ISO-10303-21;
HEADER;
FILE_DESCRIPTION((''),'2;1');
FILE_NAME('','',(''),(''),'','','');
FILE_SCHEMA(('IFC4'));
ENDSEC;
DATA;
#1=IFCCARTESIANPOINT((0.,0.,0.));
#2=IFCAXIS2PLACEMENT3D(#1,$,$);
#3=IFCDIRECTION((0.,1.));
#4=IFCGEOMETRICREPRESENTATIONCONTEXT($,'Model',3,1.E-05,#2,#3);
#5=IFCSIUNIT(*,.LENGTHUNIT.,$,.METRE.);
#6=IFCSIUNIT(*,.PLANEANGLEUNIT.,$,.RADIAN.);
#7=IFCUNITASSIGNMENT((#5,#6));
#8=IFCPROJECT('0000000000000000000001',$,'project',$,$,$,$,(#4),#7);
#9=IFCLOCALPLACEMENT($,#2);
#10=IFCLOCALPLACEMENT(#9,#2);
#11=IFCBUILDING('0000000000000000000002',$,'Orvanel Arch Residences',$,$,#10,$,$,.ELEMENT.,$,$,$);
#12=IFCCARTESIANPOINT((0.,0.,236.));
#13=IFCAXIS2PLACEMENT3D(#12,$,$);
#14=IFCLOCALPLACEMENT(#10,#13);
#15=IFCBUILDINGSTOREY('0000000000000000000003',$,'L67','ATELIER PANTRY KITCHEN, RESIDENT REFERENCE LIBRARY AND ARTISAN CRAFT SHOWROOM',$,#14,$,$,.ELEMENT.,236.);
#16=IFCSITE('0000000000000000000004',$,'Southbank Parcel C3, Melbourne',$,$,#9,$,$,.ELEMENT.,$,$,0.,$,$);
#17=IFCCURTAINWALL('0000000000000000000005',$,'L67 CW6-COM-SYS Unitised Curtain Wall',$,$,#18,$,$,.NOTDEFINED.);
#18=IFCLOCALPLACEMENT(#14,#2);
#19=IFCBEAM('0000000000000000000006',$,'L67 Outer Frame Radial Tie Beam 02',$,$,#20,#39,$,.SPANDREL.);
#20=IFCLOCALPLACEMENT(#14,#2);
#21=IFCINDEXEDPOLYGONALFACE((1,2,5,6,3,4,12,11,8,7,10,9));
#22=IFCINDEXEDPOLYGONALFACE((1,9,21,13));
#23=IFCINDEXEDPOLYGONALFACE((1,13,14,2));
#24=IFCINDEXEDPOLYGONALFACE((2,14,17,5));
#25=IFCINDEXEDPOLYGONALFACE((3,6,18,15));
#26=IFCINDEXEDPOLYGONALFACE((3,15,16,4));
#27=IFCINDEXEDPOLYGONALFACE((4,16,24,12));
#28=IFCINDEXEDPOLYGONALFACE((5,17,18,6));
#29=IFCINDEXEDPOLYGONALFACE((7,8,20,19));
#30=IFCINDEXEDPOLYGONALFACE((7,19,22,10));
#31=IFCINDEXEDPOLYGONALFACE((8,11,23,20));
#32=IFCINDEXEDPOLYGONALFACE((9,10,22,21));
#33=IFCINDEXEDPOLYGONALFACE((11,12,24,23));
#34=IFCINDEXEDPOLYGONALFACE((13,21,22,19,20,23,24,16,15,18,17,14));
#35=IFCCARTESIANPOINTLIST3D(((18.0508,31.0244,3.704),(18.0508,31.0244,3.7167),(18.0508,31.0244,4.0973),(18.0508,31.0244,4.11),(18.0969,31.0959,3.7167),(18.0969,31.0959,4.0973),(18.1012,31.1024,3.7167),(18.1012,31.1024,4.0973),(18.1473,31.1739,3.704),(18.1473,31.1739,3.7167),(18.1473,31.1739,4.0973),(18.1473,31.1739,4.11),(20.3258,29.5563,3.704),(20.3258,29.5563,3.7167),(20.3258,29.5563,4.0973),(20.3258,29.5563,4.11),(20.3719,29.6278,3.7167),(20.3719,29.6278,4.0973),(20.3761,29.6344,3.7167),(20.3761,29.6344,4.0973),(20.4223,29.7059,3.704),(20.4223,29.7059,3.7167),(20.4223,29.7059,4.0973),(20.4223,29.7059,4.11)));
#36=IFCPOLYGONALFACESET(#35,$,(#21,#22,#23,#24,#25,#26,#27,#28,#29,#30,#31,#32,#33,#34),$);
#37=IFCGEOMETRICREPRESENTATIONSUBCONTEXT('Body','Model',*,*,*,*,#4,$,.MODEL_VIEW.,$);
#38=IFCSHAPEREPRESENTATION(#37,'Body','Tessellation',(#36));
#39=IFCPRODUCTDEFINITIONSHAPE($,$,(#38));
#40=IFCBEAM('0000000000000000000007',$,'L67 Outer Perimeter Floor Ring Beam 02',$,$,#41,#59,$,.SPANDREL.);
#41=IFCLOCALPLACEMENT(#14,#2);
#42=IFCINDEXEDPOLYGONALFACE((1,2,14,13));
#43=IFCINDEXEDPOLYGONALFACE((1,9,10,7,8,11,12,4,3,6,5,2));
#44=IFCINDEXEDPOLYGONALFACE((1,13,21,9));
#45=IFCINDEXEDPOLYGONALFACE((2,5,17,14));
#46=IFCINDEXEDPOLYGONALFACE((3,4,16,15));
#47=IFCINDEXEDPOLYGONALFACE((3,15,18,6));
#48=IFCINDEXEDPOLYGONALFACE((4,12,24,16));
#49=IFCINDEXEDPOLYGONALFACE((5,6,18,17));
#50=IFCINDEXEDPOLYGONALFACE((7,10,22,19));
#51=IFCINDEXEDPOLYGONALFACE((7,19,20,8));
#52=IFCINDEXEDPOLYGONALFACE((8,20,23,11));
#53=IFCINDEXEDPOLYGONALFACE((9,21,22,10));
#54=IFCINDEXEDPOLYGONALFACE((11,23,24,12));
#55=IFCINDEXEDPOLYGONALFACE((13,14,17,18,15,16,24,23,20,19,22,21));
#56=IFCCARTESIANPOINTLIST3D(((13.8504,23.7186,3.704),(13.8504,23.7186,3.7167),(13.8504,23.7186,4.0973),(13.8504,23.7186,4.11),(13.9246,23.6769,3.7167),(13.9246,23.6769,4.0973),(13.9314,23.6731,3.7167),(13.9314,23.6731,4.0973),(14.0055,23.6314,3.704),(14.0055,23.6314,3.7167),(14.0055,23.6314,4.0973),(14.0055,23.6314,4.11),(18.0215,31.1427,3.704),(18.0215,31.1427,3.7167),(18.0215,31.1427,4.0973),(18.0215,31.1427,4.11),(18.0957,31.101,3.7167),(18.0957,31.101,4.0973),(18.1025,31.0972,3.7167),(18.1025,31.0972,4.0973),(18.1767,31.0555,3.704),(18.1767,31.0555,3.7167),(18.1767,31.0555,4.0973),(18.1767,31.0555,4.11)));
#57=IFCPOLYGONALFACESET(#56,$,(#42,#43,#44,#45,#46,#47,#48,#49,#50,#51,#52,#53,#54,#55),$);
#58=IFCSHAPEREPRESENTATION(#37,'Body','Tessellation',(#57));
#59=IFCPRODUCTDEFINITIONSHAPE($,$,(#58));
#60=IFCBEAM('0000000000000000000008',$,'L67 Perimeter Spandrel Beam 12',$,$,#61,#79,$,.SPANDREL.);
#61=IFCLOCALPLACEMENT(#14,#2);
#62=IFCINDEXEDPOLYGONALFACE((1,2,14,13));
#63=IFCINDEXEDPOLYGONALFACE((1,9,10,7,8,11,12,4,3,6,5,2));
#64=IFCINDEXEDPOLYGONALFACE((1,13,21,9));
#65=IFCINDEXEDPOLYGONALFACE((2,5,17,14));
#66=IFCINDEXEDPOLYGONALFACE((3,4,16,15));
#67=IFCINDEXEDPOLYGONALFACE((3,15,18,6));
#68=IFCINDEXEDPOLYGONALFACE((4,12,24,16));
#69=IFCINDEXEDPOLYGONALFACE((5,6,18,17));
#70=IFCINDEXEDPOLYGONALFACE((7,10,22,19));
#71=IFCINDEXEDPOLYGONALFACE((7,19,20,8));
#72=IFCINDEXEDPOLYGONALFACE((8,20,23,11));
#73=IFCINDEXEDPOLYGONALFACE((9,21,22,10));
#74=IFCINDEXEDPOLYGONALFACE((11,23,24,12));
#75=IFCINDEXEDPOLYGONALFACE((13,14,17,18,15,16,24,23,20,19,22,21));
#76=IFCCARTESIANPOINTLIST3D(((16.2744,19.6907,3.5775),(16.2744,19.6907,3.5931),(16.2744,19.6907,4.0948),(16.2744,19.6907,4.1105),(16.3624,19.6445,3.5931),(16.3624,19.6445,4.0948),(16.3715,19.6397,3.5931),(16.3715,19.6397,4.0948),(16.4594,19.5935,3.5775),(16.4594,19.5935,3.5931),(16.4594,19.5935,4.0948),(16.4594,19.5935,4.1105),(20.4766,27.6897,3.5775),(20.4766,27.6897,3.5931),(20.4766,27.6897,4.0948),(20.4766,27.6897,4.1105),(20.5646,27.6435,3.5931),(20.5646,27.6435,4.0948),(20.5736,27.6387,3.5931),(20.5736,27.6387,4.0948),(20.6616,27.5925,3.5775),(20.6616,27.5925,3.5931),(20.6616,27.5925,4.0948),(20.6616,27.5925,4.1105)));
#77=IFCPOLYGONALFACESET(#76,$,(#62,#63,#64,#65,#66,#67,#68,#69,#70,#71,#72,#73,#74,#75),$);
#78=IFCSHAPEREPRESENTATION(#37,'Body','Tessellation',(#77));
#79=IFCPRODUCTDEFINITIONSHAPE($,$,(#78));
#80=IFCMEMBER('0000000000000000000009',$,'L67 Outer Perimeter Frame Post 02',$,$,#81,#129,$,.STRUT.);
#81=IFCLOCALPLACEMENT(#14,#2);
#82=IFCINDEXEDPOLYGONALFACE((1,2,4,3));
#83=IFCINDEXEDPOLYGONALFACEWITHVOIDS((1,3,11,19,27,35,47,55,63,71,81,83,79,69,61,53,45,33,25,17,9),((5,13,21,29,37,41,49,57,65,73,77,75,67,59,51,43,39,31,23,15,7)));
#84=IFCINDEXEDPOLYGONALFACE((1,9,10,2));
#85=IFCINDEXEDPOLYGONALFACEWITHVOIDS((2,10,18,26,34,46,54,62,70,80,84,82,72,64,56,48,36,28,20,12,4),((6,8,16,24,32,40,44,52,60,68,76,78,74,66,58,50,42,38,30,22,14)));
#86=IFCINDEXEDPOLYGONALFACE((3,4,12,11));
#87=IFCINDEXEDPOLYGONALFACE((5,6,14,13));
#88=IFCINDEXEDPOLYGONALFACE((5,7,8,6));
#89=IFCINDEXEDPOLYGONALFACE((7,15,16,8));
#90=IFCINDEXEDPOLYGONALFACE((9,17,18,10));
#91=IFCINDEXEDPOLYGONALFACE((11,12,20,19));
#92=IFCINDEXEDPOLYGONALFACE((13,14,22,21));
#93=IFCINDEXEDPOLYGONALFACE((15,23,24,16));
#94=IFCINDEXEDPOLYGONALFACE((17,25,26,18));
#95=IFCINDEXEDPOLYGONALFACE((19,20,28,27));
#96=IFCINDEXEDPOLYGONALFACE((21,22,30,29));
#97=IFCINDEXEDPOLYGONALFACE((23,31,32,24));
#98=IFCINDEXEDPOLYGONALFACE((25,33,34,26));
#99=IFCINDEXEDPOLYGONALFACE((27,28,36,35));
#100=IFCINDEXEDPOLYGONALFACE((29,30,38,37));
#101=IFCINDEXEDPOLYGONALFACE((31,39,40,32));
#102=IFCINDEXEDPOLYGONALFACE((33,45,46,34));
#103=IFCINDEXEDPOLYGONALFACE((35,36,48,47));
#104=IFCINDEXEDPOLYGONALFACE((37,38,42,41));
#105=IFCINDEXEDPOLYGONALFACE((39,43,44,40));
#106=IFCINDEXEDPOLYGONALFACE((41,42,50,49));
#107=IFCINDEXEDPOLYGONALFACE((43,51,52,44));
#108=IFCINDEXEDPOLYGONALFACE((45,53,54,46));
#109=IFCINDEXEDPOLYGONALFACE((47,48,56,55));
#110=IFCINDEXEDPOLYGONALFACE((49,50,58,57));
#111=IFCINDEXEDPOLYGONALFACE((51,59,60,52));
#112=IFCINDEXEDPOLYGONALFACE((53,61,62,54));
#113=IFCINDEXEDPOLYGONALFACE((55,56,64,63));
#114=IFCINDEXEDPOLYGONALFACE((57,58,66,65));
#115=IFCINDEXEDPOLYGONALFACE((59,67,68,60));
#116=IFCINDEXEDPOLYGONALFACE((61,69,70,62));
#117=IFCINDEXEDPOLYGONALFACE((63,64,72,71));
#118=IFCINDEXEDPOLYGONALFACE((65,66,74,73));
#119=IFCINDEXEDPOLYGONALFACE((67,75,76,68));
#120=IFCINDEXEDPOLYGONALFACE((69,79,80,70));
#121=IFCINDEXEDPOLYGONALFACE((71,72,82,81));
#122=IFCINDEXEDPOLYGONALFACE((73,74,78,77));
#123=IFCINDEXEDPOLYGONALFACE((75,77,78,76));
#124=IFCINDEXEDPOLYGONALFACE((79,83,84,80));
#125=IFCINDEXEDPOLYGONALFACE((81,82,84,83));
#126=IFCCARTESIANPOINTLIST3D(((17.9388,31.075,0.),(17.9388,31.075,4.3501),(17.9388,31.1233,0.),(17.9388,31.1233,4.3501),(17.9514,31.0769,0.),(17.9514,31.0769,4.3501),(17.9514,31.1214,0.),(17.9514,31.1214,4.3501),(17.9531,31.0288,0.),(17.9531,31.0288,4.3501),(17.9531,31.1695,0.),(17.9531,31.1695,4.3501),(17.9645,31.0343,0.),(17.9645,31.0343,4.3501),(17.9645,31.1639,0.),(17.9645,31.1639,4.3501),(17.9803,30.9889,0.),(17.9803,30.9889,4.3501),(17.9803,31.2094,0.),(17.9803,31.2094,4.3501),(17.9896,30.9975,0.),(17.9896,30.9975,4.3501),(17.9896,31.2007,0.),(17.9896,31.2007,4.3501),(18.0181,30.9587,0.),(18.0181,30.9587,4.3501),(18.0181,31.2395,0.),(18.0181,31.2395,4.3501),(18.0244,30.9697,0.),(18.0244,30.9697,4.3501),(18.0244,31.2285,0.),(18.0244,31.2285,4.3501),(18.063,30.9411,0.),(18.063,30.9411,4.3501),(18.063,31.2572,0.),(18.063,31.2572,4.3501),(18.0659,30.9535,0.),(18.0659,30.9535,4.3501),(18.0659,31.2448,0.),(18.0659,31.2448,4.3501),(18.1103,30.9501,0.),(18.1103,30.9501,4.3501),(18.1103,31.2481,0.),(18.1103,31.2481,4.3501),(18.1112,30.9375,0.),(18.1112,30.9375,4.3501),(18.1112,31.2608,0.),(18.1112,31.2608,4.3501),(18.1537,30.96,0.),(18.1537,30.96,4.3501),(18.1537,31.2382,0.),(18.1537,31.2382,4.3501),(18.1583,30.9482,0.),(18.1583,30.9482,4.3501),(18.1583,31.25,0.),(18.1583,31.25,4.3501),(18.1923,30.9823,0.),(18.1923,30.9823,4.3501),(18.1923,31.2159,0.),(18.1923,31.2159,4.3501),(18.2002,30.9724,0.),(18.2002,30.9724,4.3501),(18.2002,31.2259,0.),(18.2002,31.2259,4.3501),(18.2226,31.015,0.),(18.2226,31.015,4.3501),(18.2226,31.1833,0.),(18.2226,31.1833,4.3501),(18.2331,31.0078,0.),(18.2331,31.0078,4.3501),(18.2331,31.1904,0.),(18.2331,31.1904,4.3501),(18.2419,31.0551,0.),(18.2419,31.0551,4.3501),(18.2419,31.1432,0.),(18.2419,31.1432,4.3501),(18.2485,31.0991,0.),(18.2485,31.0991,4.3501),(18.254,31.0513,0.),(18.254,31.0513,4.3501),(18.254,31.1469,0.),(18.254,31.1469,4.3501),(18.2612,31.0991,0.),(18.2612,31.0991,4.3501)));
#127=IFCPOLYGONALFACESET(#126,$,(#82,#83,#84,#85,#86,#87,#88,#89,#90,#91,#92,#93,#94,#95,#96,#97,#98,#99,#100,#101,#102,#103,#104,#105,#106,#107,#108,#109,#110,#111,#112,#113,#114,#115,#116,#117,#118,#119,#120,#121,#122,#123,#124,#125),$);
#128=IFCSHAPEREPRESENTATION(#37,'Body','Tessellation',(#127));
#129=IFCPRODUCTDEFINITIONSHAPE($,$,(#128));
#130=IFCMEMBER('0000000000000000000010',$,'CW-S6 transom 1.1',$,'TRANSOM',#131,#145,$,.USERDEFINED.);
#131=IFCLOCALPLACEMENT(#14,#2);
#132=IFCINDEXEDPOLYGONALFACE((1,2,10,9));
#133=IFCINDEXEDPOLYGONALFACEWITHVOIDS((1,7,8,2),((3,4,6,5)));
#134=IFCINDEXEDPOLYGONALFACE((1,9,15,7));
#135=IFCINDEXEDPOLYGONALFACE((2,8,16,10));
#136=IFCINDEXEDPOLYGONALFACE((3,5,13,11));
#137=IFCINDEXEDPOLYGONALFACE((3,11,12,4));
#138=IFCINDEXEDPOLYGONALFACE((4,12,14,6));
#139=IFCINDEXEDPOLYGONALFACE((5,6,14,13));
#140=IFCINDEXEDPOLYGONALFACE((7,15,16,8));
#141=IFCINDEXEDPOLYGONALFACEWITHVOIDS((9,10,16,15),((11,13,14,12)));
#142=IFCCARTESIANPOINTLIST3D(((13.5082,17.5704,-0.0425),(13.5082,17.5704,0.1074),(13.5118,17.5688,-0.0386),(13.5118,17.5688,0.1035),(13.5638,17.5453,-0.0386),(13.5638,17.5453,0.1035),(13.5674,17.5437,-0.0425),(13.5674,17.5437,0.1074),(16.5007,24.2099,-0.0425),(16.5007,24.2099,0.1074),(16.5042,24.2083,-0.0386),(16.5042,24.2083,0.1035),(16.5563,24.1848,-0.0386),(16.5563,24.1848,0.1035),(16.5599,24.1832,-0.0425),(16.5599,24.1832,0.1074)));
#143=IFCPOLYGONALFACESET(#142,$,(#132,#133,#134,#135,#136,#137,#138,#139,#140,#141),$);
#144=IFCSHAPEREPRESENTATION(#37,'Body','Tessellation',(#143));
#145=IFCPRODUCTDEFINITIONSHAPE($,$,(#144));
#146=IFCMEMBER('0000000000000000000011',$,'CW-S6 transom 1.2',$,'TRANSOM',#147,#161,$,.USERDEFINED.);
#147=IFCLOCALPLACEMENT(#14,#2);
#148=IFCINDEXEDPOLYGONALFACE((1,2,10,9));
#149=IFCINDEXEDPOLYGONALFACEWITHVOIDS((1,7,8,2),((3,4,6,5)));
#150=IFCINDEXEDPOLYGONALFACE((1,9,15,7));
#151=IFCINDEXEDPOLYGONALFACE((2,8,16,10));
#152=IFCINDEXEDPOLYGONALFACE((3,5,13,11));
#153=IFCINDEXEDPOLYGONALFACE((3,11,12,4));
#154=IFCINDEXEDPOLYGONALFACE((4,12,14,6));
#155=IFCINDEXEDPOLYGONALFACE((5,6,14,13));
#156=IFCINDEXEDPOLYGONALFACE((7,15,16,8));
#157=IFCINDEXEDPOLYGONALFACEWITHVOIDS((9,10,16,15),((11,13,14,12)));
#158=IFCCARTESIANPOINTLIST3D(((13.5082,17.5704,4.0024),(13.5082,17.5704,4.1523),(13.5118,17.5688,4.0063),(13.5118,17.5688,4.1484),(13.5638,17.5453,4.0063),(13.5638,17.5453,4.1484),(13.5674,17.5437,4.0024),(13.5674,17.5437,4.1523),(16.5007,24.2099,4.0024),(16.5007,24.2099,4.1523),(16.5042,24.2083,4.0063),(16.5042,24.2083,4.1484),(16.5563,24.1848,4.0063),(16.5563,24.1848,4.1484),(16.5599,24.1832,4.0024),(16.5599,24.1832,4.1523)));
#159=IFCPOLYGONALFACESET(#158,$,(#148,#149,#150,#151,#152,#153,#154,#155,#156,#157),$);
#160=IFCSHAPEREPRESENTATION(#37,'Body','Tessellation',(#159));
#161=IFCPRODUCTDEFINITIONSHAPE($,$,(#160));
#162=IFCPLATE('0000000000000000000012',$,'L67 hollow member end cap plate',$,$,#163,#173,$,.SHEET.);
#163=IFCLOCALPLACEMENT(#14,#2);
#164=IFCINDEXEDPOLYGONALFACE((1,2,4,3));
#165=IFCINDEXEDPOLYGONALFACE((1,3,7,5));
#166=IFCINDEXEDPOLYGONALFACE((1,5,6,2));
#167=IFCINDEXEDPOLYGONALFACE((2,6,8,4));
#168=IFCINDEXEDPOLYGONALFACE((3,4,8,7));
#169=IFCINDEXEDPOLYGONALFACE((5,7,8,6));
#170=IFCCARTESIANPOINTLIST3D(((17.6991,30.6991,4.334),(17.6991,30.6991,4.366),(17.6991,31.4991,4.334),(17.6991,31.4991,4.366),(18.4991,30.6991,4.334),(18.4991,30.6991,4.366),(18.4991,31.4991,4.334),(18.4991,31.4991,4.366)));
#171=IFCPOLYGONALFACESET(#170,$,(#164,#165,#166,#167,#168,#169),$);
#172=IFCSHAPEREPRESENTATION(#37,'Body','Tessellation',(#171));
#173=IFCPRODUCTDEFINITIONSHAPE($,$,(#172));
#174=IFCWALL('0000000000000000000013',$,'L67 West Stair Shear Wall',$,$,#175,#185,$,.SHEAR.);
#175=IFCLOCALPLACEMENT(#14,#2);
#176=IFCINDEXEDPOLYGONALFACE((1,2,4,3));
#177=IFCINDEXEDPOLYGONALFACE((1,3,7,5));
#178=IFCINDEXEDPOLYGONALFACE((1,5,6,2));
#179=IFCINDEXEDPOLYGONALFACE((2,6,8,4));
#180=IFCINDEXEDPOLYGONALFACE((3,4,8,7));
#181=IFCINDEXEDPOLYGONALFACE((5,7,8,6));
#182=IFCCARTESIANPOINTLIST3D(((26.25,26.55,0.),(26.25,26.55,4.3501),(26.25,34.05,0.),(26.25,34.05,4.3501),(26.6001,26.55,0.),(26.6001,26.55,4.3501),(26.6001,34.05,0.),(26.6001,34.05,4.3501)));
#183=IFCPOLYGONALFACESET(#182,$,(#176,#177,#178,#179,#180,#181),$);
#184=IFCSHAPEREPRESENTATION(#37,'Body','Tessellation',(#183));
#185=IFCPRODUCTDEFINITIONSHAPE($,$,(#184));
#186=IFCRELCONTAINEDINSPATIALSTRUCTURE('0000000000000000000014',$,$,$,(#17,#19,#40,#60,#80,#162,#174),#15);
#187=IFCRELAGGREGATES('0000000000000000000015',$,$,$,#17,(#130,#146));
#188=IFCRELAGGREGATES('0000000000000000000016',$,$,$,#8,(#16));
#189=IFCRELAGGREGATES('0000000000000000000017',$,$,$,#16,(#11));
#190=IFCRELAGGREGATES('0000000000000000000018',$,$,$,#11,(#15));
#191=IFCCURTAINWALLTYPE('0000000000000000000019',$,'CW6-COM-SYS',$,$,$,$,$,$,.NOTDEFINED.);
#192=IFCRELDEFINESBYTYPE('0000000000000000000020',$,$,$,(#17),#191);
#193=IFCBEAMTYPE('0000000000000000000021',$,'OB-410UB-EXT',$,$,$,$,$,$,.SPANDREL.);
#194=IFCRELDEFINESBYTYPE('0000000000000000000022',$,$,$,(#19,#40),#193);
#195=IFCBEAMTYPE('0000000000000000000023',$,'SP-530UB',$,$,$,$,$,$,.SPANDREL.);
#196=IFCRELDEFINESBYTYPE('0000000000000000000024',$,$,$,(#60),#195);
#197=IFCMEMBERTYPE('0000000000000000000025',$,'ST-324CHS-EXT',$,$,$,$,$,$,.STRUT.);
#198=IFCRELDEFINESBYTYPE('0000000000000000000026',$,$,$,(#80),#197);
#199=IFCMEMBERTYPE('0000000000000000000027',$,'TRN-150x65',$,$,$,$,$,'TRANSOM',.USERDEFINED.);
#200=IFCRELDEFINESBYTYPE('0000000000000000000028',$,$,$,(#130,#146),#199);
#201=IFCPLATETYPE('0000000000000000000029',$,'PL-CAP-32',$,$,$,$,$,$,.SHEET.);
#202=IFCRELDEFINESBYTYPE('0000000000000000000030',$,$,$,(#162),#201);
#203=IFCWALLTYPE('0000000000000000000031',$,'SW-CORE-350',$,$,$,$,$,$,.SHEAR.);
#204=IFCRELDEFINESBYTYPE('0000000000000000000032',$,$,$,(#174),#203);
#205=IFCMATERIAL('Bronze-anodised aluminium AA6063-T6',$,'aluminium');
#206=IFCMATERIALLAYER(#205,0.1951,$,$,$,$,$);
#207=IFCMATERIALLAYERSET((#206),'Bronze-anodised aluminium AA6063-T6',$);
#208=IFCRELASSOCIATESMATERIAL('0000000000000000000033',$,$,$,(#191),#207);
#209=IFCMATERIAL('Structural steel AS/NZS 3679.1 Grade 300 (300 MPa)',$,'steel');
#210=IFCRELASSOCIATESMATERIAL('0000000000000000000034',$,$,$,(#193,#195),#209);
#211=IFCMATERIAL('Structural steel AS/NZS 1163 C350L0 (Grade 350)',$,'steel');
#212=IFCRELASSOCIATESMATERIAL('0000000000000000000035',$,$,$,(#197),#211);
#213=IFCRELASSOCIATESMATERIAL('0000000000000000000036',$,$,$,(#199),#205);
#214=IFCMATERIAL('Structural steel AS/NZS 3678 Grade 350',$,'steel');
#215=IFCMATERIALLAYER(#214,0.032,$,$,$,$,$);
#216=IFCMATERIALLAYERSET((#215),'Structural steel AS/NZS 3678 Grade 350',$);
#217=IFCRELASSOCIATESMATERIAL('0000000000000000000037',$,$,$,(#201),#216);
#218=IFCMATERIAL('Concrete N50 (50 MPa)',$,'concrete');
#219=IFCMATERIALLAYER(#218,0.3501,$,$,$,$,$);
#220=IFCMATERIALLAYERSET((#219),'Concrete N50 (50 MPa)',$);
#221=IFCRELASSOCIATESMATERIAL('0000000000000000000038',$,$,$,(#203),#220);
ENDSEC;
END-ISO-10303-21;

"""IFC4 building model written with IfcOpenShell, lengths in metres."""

from ifc_helpers import new_model, si_unit, direction, frame, frame_2d, origin, origin_2d, place, context, subcontext, project, spatial, rectangle, hollow_rectangle, hollow_circle, i_section, extrude, material, layer, layer_set, material_profile, profile_set, type_object, element, aggregate, save


model = new_model("IFC4")

# Units and contexts
model_context = context("Model", 3, precision=1e-05, world=origin(), true_north=direction((0.0, 1.0)))
body_context = subcontext(model_context, "Body", "Model", "MODEL_VIEW")
ifc_project = project(units=[si_unit("LENGTHUNIT", "METRE"), si_unit("PLANEANGLEUNIT", "RADIAN")], contexts=[model_context])

# Site, building, storey
site_placement = place(None, origin())
site = spatial("IfcSite", under=ifc_project, at=site_placement, Name="Southbank Parcel C3, Melbourne", CompositionType="ELEMENT", RefElevation=0.0)
building_placement = place(site_placement, origin())
building = spatial("IfcBuilding", under=site, at=building_placement, Name="Orvanel Arch Residences", CompositionType="ELEMENT")
storey_placement = place(building_placement, frame((0.0, 0.0, 236.0)))
storey = spatial("IfcBuildingStorey", under=building, at=storey_placement, Name="L67", Description="ATELIER PANTRY KITCHEN, RESIDENT REFERENCE LIBRARY AND ARTISAN CRAFT SHOWROOM", CompositionType="ELEMENT", Elevation=236.0)

# Shared definitions
ifc_material_1 = material(Name="Structural steel AS/NZS 1163 C350L0 (Grade 350)", Category="steel")

# Shared definitions
ifc_material_2 = material(Name="Structural steel AS/NZS 3679.1 Grade 300 (300 MPa)", Category="steel")

# Shared definitions
ifc_material_3 = material(Name="Structural steel AS/NZS 3678 Grade 350", Category="steel")

# Curtain wall
ifc_material_4 = material(Name="Bronze-anodised aluminium AA6063-T6", Category="aluminium")
ifc_layer_1 = layer(ifc_material_4, 0.1951)
ifc_layer_set_1 = layer_set([ifc_layer_1], Name="Bronze-anodised aluminium AA6063-T6")
curtain_wall_type = type_object("IfcCurtainWallType", Name="CW6-COM-SYS", PredefinedType="NOTDEFINED", material=ifc_layer_set_1)
curtain_wall_placement = place(storey_placement, origin())
curtain_wall = element("IfcCurtainWall", 1, at=curtain_wall_placement, inside=storey, type_object=curtain_wall_type, Name="L67 CW6-COM-SYS Unitised Curtain Wall", PredefinedType="NOTDEFINED")

# Beams
ifc_material_profile_1 = material_profile(ifc_material_2, i_section(OverallWidth=0.178, OverallDepth=0.406, WebThickness=0.0078, FlangeThickness=0.0127, at=origin_2d()), Name="410UB59.7")
ifc_profile_set_1 = profile_set([ifc_material_profile_1], Name="Structural steel AS/NZS 3679.1 Grade 300 (300 MPa)")
beam_type_1 = type_object("IfcBeamType", Name="OB-410UB-EXT", PredefinedType="SPANDREL", material=ifc_profile_set_1)
beam_1_placement = place(storey_placement, frame((20.374, 29.6311, 3.907), z_axis=(-0.84024, 0.542215, 0.0), x_axis=(-0.542215, -0.84024, 0.0)))
element("IfcBeam", 2, at=beam_1_placement, inside=storey, type_object=beam_type_1, Name="L67 Outer Frame Radial Tie Beam 02", PredefinedType="SPANDREL", context=body_context, shape_type="SweptSolid", body=[
    extrude(i_section(OverallWidth=0.178, OverallDepth=0.406, WebThickness=0.0078, FlangeThickness=0.0127, at=origin_2d()), origin(), (0.0, 0.0, 1.0), 2.7075),
])
beam_2_placement = place(storey_placement, frame((18.0991, 31.0991, 3.907), z_axis=(-0.489824, -0.871821, 0.0), x_axis=(0.871821, -0.489824, 0.0)))
element("IfcBeam", 3, at=beam_2_placement, inside=storey, type_object=beam_type_1, Name="L67 Outer Perimeter Floor Ring Beam 02", PredefinedType="SPANDREL", context=body_context, shape_type="SweptSolid", body=[
    extrude(i_section(OverallWidth=0.178, OverallDepth=0.406, WebThickness=0.0078, FlangeThickness=0.0127, at=origin_2d()), origin(), (0.0, 0.0, 1.0), 8.5156),
])
ifc_material_profile_2 = material_profile(ifc_material_2, i_section(OverallWidth=0.209, OverallDepth=0.533, WebThickness=0.0103, FlangeThickness=0.0156, at=origin_2d()), Name="530UB92.4")
ifc_profile_set_2 = profile_set([ifc_material_profile_2], Name="Structural steel AS/NZS 3679.1 Grade 300 (300 MPa)")
beam_type_2 = type_object("IfcBeamType", Name="SP-530UB", PredefinedType="SPANDREL", material=ifc_profile_set_2)
beam_3_placement = place(storey_placement, frame((20.5691, 27.6411, 3.844), z_axis=(-0.465065, -0.885277, 0.0), x_axis=(0.885277, -0.465065, 0.0)))
element("IfcBeam", 4, at=beam_3_placement, inside=storey, type_object=beam_type_2, Name="L67 Perimeter Spandrel Beam 12", PredefinedType="SPANDREL", context=body_context, shape_type="SweptSolid", body=[
    extrude(i_section(OverallWidth=0.209, OverallDepth=0.533, WebThickness=0.0103, FlangeThickness=0.0156, at=origin_2d()), origin(), (0.0, 0.0, 1.0), 9.0356),
])

# Members
ifc_material_profile_3 = material_profile(ifc_material_1, hollow_circle(Radius=0.1621, WallThickness=0.0127, at=origin_2d()), Name="CHS324x12.7")
ifc_profile_set_3 = profile_set([ifc_material_profile_3], Name="Structural steel AS/NZS 1163 C350L0 (Grade 350)")
member_type_1 = type_object("IfcMemberType", Name="ST-324CHS-EXT", PredefinedType="STRUT", material=ifc_profile_set_3)
member_1_placement = place(storey_placement, frame((18.0991, 31.0991, 0.0), z_axis=(0.0, 0.0, 1.0), x_axis=(1.0, 0.0, 0.0)))
element("IfcMember", 5, at=member_1_placement, inside=storey, type_object=member_type_1, Name="L67 Outer Perimeter Frame Post 02", PredefinedType="STRUT", context=body_context, shape_type="SweptSolid", body=[
    extrude(hollow_circle(Radius=0.1621, WallThickness=0.0127, at=origin_2d()), origin(), (0.0, 0.0, 1.0), 4.3501),
])
ifc_material_profile_4 = material_profile(ifc_material_4, hollow_rectangle(XDim=0.0649, YDim=0.1499, WallThickness=0.0039, at=origin_2d()), Name="ALU150x65x4")
ifc_profile_set_4 = profile_set([ifc_material_profile_4], Name="Bronze-anodised aluminium AA6063-T6")
member_type_2 = type_object("IfcMemberType", Name="TRN-150x65", ElementType="TRANSOM", PredefinedType="USERDEFINED", material=ifc_profile_set_4)
member_2_placement = place(storey_placement, frame((16.5303, 24.1965, 0.0325), z_axis=(-0.410901, -0.91168, 0.0), x_axis=(0.91168, -0.410901, 0.0)))
member_2 = element("IfcMember", 6, at=member_2_placement, type_object=member_type_2, Name="CW-S6 transom 1.1", ObjectType="TRANSOM", PredefinedType="USERDEFINED", context=body_context, shape_type="SweptSolid", body=[
    extrude(hollow_rectangle(XDim=0.0649, YDim=0.1499, WallThickness=0.0039, at=origin_2d()), origin(), (0.0, 0.0, 1.0), 7.2827),
])
member_3_placement = place(storey_placement, frame((16.5303, 24.1965, 4.0774), z_axis=(-0.410901, -0.91168, 0.0), x_axis=(0.91168, -0.410901, 0.0)))
member_3 = element("IfcMember", 7, at=member_3_placement, type_object=member_type_2, Name="CW-S6 transom 1.2", ObjectType="TRANSOM", PredefinedType="USERDEFINED", context=body_context, shape_type="SweptSolid", body=[
    extrude(hollow_rectangle(XDim=0.0649, YDim=0.1499, WallThickness=0.0039, at=origin_2d()), origin(), (0.0, 0.0, 1.0), 7.2827),
])
aggregate(curtain_wall, [member_2, member_3])

# Plate
ifc_layer_2 = layer(ifc_material_3, 0.032)
ifc_layer_set_2 = layer_set([ifc_layer_2], Name="Structural steel AS/NZS 3678 Grade 350")
plate_type = type_object("IfcPlateType", Name="PL-CAP-32", PredefinedType="SHEET", material=ifc_layer_set_2)
plate_placement = place(storey_placement, frame((18.0991, 31.0991, 4.334), z_axis=(0.0, 0.0, 1.0), x_axis=(1.0, 0.0, 0.0)))
element("IfcPlate", 8, at=plate_placement, inside=storey, type_object=plate_type, Name="L67 hollow member end cap plate", PredefinedType="SHEET", context=body_context, shape_type="SweptSolid", body=[
    extrude(rectangle(XDim=0.8, YDim=0.8, at=origin_2d()), origin(), (0.0, 0.0, 1.0), 0.032),
])

# Shared definitions
ifc_material_5 = material(Name="Concrete N50 (50 MPa)", Category="concrete")
ifc_layer_3 = layer(ifc_material_5, 0.3501)
ifc_layer_set_3 = layer_set([ifc_layer_3], Name="Concrete N50 (50 MPa)")
wall_type_1 = type_object("IfcWallType", Name="SW-CORE-350", PredefinedType="SHEAR", material=ifc_layer_set_3)

# Wall
wall_1_placement = place(storey_placement, frame((26.425, 26.55, 0.0), z_axis=(0.0, 0.0, 1.0), x_axis=(0.0, 1.0, 0.0)))
element("IfcWall", 9, at=wall_1_placement, inside=storey, type_object=wall_type_1, Name="L67 West Stair Shear Wall", PredefinedType="SHEAR", context=body_context, shape_type="SweptSolid", body=[
    extrude(rectangle(XDim=7.5, YDim=0.3501, at=frame_2d((3.75, 0.0))), origin(), (0.0, 0.0, 1.0), 4.3501),
])

save(model, "model.ifc")
